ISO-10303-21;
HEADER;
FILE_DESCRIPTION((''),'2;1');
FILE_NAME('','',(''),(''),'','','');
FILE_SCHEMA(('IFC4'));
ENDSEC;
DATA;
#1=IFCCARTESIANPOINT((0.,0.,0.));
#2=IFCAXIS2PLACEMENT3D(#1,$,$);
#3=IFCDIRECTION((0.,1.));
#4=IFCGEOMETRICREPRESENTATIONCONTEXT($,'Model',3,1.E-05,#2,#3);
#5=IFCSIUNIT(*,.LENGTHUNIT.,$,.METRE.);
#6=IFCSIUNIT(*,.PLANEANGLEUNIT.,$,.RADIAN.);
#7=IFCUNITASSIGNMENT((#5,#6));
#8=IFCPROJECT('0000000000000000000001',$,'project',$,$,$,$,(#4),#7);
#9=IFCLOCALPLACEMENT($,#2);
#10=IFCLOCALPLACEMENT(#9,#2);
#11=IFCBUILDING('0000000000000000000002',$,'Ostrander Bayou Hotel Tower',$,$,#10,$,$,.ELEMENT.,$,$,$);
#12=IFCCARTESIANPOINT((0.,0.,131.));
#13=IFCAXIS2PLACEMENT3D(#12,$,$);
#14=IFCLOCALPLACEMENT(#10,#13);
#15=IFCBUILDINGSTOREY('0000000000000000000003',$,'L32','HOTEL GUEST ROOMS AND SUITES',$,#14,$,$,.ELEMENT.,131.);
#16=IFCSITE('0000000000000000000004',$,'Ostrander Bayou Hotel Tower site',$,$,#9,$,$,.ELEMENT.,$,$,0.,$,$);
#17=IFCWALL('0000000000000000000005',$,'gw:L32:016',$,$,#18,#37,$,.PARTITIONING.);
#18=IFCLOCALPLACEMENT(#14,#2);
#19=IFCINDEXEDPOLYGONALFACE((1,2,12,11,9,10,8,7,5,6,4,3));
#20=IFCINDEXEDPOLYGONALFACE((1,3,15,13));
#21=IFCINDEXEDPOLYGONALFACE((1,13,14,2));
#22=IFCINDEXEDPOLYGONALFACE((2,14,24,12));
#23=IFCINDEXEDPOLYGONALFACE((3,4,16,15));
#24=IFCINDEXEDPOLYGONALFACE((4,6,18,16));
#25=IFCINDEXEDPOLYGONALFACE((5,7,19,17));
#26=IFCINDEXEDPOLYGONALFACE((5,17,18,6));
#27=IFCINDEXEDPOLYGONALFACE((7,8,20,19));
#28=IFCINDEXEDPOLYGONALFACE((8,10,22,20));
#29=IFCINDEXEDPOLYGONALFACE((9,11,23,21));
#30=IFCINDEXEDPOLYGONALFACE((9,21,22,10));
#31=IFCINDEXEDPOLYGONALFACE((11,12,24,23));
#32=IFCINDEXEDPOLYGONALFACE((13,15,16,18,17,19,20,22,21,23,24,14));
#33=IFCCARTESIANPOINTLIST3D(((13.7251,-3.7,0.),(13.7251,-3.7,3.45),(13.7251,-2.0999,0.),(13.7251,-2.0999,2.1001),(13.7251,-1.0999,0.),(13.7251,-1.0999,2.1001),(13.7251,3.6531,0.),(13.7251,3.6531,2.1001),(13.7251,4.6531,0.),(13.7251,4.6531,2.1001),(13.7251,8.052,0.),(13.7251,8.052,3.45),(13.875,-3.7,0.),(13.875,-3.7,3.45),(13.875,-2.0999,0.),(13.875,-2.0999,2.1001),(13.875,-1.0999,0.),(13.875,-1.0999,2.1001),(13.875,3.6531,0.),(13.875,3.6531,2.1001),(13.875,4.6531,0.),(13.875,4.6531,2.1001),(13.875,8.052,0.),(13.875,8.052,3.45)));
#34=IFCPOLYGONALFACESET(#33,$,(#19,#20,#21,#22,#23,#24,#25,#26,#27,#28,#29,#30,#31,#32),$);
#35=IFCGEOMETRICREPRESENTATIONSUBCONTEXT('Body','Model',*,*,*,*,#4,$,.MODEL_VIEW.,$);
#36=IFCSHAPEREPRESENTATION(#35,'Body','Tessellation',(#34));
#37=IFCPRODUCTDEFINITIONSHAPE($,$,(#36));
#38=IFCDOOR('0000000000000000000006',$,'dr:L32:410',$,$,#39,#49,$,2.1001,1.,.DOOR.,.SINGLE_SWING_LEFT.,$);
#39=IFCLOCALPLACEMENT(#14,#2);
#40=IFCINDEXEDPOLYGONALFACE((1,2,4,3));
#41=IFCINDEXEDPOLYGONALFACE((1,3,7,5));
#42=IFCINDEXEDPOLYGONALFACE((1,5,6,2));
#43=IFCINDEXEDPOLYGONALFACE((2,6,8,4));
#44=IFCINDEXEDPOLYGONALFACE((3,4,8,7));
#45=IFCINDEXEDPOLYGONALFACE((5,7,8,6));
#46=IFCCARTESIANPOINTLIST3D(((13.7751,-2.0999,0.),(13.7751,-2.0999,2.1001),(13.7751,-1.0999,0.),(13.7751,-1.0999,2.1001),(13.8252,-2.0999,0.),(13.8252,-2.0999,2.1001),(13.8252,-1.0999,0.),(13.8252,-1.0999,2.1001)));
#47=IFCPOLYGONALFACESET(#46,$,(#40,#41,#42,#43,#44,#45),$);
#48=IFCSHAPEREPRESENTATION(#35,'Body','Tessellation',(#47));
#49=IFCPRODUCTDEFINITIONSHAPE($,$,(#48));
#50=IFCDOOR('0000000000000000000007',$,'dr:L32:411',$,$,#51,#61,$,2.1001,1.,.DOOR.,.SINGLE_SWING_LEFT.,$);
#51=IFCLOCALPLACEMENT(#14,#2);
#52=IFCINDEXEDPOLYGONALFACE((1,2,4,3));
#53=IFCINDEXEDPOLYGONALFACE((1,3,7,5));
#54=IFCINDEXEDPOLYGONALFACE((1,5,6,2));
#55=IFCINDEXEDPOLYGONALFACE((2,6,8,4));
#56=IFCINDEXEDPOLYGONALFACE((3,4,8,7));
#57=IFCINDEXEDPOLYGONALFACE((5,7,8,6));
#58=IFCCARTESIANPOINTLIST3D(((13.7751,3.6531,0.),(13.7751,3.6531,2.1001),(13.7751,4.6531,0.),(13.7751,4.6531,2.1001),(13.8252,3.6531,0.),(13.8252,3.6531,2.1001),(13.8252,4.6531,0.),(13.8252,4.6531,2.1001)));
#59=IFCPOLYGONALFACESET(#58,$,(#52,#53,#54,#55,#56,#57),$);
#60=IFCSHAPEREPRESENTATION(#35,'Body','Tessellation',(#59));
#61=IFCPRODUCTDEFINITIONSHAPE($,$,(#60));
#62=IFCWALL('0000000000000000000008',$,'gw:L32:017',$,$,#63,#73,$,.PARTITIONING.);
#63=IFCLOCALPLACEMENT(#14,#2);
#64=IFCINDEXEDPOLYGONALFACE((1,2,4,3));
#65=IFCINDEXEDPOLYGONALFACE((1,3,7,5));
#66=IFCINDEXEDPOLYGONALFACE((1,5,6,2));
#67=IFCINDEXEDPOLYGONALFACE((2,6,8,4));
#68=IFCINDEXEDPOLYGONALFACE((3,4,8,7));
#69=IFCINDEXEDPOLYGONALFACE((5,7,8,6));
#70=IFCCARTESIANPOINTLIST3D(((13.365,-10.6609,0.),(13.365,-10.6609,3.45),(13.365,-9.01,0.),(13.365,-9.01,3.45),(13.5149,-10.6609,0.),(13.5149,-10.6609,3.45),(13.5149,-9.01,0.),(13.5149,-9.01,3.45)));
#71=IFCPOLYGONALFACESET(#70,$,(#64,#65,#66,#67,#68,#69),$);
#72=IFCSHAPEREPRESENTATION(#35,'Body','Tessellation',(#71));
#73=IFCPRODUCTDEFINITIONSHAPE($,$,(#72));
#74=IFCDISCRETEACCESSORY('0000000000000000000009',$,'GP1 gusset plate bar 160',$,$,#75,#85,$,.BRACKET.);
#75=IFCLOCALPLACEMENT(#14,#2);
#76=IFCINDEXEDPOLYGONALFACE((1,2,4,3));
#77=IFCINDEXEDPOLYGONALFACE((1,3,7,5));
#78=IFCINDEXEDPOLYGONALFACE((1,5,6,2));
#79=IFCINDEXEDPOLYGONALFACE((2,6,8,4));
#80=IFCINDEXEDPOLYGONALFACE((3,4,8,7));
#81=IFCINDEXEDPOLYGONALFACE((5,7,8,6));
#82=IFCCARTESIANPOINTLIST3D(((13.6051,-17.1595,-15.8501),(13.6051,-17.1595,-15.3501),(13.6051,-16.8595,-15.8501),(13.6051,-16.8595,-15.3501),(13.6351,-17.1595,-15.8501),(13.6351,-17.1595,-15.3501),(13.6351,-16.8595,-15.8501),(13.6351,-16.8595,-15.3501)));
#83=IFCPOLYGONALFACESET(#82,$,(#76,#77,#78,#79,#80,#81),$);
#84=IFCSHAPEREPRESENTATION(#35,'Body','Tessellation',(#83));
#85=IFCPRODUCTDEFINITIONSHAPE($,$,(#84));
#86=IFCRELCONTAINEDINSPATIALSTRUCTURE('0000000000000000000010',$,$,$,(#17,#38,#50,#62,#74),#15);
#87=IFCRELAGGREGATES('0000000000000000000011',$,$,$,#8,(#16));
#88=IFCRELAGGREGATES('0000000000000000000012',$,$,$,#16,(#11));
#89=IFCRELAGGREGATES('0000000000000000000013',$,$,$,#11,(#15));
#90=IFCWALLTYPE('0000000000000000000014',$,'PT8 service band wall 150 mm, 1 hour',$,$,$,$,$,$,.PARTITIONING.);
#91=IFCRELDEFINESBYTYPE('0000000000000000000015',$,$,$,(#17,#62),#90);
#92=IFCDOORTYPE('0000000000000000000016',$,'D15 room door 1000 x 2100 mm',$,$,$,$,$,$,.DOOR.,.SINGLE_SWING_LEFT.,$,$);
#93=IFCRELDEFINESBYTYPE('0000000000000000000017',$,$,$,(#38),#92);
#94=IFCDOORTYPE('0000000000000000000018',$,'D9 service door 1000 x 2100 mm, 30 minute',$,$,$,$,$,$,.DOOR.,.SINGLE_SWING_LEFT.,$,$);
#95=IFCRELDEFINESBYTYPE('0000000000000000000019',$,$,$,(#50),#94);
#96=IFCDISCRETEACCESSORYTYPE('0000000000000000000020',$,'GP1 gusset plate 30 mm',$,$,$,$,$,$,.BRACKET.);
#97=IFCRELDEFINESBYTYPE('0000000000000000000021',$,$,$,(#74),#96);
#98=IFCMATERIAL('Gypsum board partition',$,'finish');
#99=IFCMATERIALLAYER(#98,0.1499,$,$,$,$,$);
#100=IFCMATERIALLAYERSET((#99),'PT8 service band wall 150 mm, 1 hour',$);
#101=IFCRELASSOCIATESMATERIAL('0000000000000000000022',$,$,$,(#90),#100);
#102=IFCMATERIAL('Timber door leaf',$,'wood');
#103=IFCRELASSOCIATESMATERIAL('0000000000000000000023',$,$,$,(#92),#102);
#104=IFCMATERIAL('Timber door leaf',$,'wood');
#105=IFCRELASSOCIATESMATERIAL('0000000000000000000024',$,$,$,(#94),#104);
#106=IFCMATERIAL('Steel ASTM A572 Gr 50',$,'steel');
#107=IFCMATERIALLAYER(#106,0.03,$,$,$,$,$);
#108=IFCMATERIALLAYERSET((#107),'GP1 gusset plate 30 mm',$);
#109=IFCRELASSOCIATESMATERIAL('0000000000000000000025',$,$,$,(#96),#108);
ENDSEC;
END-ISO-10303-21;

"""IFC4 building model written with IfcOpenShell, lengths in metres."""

from ifc_helpers import new_model, si_unit, direction, frame, frame_2d, origin, origin_2d, place, context, subcontext, project, spatial, rectangle, extrude, material, layer, layer_set, type_object, element, fill, save


model = new_model("IFC4")

# Units and contexts
model_context = context("Model", 3, precision=1e-05, world=origin(), true_north=direction((0.0, 1.0)))
body_context = subcontext(model_context, "Body", "Model", "MODEL_VIEW")
ifc_project = project(units=[si_unit("LENGTHUNIT", "METRE"), si_unit("PLANEANGLEUNIT", "RADIAN")], contexts=[model_context])

# Site, building, storey
site_placement = place(None, origin())
site = spatial("IfcSite", under=ifc_project, at=site_placement, Name="Ostrander Bayou Hotel Tower site", CompositionType="ELEMENT", RefElevation=0.0)
building_placement = place(site_placement, origin())
building = spatial("IfcBuilding", under=site, at=building_placement, Name="Ostrander Bayou Hotel Tower", CompositionType="ELEMENT")
storey_placement = place(building_placement, frame((0.0, 0.0, 131.0)))
storey = spatial("IfcBuildingStorey", under=building, at=storey_placement, Name="L32", Description="HOTEL GUEST ROOMS AND SUITES", CompositionType="ELEMENT", Elevation=131.0)

# Shared definitions
ifc_material_1 = material(Name="Gypsum board partition", Category="finish")
ifc_layer_1 = layer(ifc_material_1, 0.1499)
ifc_layer_set_1 = layer_set([ifc_layer_1], Name="PT8 service band wall 150 mm, 1 hour")
wall_type_1 = type_object("IfcWallType", Name="PT8 service band wall 150 mm, 1 hour", PredefinedType="PARTITIONING", material=ifc_layer_set_1)

# Wall, openings, doors
wall_1_placement = place(storey_placement, frame((13.8, -3.7, 0.0), z_axis=(0.0, 0.0, 1.0), x_axis=(0.0, 1.0, 0.0)))
wall_1 = element("IfcWall", 1, at=wall_1_placement, inside=storey, type_object=wall_type_1, Name="gw:L32:016", PredefinedType="PARTITIONING", context=body_context, shape_type="SweptSolid", body=[
    extrude(rectangle(XDim=11.752, YDim=0.1499, at=frame_2d((5.876, 0.0))), origin(), (0.0, 0.0, 1.0), 3.45),
])
opening_1_placement = place(wall_1_placement, frame((1.6001, 0.0, 0.0)))
opening_1 = element("IfcOpeningElement", 2, at=opening_1_placement, cuts=wall_1, PredefinedType="OPENING", context=body_context, shape_type="SweptSolid", body=[
    extrude(rectangle(XDim=1.0, YDim=2.1001, at=frame_2d((0.5, 1.05))), frame((0.0, 0.075, 0.0), z_axis=(0.0, -1.0, 0.0), x_axis=(1.0, 0.0, 0.0)), (0.0, 0.0, 1.0), 0.1499),
])
opening_2_placement = place(wall_1_placement, frame((7.353, 0.0, 0.0)))
opening_2 = element("IfcOpeningElement", 3, at=opening_2_placement, cuts=wall_1, PredefinedType="OPENING", context=body_context, shape_type="SweptSolid", body=[
    extrude(rectangle(XDim=1.0, YDim=2.1001, at=frame_2d((0.5, 1.05))), frame((0.0, 0.075, 0.0), z_axis=(0.0, -1.0, 0.0), x_axis=(1.0, 0.0, 0.0)), (0.0, 0.0, 1.0), 0.1499),
])
ifc_material_2 = material(Name="Timber door leaf", Category="wood")
door_type_1 = type_object("IfcDoorType", Name="D15 room door 1000 x 2100 mm", OperationType="SINGLE_SWING_LEFT", PredefinedType="DOOR", material=ifc_material_2)
door_1_placement = place(opening_1_placement, origin())
door_1 = element("IfcDoor", 4, at=door_1_placement, inside=storey, type_object=door_type_1, Name="dr:L32:410", OperationType="SINGLE_SWING_LEFT", OverallHeight=2.1001, OverallWidth=1.0, PredefinedType="DOOR", context=body_context, shape_type="SweptSolid", body=[
    extrude(rectangle(XDim=1.0, YDim=2.1001, at=frame_2d((0.5, 1.05))), frame((0.0, 0.0249, 0.0), z_axis=(0.0, -1.0, 0.0), x_axis=(1.0, 0.0, 0.0)), (0.0, 0.0, 1.0), 0.05),
])
fill(opening_1, door_1)
ifc_material_3 = material(Name="Timber door leaf", Category="wood")
door_type_2 = type_object("IfcDoorType", Name="D9 service door 1000 x 2100 mm, 30 minute", OperationType="SINGLE_SWING_LEFT", PredefinedType="DOOR", material=ifc_material_3)
door_2_placement = place(opening_2_placement, origin())
door_2 = element("IfcDoor", 5, at=door_2_placement, inside=storey, type_object=door_type_2, Name="dr:L32:411", OperationType="SINGLE_SWING_LEFT", OverallHeight=2.1001, OverallWidth=1.0, PredefinedType="DOOR", context=body_context, shape_type="SweptSolid", body=[
    extrude(rectangle(XDim=1.0, YDim=2.1001, at=frame_2d((0.5, 1.05))), frame((0.0, 0.0249, 0.0), z_axis=(0.0, -1.0, 0.0), x_axis=(1.0, 0.0, 0.0)), (0.0, 0.0, 1.0), 0.05),
])
fill(opening_2, door_2)

# Wall
wall_2_placement = place(storey_placement, frame((13.4399, -10.6609, 0.0), z_axis=(0.0, 0.0, 1.0), x_axis=(0.0, 1.0, 0.0)))
element("IfcWall", 6, at=wall_2_placement, inside=storey, type_object=wall_type_1, Name="gw:L32:017", PredefinedType="PARTITIONING", context=body_context, shape_type="SweptSolid", body=[
    extrude(rectangle(XDim=1.6509, YDim=0.1499, at=frame_2d((0.8254, 0.0))), origin(), (0.0, 0.0, 1.0), 3.45),
])

# Discrete accessory
ifc_material_4 = material(Name="Steel ASTM A572 Gr 50", Category="steel")
ifc_layer_2 = layer(ifc_material_4, 0.03)
ifc_layer_set_2 = layer_set([ifc_layer_2], Name="GP1 gusset plate 30 mm")
discrete_accessory_type = type_object("IfcDiscreteAccessoryType", Name="GP1 gusset plate 30 mm", PredefinedType="BRACKET", material=ifc_layer_set_2)
discrete_accessory_placement = place(storey_placement, frame((13.6201, -17.0095, -15.8501), z_axis=(0.0, 0.0, 1.0), x_axis=(0.0, 1.0, 0.0)))
element("IfcDiscreteAccessory", 7, at=discrete_accessory_placement, inside=storey, type_object=discrete_accessory_type, Name="GP1 gusset plate bar 160", PredefinedType="BRACKET", context=body_context, shape_type="SweptSolid", body=[
    extrude(rectangle(XDim=0.3, YDim=0.03, at=origin_2d()), origin(), (0.0, 0.0, 1.0), 0.5),
])

save(model, "model.ifc")
